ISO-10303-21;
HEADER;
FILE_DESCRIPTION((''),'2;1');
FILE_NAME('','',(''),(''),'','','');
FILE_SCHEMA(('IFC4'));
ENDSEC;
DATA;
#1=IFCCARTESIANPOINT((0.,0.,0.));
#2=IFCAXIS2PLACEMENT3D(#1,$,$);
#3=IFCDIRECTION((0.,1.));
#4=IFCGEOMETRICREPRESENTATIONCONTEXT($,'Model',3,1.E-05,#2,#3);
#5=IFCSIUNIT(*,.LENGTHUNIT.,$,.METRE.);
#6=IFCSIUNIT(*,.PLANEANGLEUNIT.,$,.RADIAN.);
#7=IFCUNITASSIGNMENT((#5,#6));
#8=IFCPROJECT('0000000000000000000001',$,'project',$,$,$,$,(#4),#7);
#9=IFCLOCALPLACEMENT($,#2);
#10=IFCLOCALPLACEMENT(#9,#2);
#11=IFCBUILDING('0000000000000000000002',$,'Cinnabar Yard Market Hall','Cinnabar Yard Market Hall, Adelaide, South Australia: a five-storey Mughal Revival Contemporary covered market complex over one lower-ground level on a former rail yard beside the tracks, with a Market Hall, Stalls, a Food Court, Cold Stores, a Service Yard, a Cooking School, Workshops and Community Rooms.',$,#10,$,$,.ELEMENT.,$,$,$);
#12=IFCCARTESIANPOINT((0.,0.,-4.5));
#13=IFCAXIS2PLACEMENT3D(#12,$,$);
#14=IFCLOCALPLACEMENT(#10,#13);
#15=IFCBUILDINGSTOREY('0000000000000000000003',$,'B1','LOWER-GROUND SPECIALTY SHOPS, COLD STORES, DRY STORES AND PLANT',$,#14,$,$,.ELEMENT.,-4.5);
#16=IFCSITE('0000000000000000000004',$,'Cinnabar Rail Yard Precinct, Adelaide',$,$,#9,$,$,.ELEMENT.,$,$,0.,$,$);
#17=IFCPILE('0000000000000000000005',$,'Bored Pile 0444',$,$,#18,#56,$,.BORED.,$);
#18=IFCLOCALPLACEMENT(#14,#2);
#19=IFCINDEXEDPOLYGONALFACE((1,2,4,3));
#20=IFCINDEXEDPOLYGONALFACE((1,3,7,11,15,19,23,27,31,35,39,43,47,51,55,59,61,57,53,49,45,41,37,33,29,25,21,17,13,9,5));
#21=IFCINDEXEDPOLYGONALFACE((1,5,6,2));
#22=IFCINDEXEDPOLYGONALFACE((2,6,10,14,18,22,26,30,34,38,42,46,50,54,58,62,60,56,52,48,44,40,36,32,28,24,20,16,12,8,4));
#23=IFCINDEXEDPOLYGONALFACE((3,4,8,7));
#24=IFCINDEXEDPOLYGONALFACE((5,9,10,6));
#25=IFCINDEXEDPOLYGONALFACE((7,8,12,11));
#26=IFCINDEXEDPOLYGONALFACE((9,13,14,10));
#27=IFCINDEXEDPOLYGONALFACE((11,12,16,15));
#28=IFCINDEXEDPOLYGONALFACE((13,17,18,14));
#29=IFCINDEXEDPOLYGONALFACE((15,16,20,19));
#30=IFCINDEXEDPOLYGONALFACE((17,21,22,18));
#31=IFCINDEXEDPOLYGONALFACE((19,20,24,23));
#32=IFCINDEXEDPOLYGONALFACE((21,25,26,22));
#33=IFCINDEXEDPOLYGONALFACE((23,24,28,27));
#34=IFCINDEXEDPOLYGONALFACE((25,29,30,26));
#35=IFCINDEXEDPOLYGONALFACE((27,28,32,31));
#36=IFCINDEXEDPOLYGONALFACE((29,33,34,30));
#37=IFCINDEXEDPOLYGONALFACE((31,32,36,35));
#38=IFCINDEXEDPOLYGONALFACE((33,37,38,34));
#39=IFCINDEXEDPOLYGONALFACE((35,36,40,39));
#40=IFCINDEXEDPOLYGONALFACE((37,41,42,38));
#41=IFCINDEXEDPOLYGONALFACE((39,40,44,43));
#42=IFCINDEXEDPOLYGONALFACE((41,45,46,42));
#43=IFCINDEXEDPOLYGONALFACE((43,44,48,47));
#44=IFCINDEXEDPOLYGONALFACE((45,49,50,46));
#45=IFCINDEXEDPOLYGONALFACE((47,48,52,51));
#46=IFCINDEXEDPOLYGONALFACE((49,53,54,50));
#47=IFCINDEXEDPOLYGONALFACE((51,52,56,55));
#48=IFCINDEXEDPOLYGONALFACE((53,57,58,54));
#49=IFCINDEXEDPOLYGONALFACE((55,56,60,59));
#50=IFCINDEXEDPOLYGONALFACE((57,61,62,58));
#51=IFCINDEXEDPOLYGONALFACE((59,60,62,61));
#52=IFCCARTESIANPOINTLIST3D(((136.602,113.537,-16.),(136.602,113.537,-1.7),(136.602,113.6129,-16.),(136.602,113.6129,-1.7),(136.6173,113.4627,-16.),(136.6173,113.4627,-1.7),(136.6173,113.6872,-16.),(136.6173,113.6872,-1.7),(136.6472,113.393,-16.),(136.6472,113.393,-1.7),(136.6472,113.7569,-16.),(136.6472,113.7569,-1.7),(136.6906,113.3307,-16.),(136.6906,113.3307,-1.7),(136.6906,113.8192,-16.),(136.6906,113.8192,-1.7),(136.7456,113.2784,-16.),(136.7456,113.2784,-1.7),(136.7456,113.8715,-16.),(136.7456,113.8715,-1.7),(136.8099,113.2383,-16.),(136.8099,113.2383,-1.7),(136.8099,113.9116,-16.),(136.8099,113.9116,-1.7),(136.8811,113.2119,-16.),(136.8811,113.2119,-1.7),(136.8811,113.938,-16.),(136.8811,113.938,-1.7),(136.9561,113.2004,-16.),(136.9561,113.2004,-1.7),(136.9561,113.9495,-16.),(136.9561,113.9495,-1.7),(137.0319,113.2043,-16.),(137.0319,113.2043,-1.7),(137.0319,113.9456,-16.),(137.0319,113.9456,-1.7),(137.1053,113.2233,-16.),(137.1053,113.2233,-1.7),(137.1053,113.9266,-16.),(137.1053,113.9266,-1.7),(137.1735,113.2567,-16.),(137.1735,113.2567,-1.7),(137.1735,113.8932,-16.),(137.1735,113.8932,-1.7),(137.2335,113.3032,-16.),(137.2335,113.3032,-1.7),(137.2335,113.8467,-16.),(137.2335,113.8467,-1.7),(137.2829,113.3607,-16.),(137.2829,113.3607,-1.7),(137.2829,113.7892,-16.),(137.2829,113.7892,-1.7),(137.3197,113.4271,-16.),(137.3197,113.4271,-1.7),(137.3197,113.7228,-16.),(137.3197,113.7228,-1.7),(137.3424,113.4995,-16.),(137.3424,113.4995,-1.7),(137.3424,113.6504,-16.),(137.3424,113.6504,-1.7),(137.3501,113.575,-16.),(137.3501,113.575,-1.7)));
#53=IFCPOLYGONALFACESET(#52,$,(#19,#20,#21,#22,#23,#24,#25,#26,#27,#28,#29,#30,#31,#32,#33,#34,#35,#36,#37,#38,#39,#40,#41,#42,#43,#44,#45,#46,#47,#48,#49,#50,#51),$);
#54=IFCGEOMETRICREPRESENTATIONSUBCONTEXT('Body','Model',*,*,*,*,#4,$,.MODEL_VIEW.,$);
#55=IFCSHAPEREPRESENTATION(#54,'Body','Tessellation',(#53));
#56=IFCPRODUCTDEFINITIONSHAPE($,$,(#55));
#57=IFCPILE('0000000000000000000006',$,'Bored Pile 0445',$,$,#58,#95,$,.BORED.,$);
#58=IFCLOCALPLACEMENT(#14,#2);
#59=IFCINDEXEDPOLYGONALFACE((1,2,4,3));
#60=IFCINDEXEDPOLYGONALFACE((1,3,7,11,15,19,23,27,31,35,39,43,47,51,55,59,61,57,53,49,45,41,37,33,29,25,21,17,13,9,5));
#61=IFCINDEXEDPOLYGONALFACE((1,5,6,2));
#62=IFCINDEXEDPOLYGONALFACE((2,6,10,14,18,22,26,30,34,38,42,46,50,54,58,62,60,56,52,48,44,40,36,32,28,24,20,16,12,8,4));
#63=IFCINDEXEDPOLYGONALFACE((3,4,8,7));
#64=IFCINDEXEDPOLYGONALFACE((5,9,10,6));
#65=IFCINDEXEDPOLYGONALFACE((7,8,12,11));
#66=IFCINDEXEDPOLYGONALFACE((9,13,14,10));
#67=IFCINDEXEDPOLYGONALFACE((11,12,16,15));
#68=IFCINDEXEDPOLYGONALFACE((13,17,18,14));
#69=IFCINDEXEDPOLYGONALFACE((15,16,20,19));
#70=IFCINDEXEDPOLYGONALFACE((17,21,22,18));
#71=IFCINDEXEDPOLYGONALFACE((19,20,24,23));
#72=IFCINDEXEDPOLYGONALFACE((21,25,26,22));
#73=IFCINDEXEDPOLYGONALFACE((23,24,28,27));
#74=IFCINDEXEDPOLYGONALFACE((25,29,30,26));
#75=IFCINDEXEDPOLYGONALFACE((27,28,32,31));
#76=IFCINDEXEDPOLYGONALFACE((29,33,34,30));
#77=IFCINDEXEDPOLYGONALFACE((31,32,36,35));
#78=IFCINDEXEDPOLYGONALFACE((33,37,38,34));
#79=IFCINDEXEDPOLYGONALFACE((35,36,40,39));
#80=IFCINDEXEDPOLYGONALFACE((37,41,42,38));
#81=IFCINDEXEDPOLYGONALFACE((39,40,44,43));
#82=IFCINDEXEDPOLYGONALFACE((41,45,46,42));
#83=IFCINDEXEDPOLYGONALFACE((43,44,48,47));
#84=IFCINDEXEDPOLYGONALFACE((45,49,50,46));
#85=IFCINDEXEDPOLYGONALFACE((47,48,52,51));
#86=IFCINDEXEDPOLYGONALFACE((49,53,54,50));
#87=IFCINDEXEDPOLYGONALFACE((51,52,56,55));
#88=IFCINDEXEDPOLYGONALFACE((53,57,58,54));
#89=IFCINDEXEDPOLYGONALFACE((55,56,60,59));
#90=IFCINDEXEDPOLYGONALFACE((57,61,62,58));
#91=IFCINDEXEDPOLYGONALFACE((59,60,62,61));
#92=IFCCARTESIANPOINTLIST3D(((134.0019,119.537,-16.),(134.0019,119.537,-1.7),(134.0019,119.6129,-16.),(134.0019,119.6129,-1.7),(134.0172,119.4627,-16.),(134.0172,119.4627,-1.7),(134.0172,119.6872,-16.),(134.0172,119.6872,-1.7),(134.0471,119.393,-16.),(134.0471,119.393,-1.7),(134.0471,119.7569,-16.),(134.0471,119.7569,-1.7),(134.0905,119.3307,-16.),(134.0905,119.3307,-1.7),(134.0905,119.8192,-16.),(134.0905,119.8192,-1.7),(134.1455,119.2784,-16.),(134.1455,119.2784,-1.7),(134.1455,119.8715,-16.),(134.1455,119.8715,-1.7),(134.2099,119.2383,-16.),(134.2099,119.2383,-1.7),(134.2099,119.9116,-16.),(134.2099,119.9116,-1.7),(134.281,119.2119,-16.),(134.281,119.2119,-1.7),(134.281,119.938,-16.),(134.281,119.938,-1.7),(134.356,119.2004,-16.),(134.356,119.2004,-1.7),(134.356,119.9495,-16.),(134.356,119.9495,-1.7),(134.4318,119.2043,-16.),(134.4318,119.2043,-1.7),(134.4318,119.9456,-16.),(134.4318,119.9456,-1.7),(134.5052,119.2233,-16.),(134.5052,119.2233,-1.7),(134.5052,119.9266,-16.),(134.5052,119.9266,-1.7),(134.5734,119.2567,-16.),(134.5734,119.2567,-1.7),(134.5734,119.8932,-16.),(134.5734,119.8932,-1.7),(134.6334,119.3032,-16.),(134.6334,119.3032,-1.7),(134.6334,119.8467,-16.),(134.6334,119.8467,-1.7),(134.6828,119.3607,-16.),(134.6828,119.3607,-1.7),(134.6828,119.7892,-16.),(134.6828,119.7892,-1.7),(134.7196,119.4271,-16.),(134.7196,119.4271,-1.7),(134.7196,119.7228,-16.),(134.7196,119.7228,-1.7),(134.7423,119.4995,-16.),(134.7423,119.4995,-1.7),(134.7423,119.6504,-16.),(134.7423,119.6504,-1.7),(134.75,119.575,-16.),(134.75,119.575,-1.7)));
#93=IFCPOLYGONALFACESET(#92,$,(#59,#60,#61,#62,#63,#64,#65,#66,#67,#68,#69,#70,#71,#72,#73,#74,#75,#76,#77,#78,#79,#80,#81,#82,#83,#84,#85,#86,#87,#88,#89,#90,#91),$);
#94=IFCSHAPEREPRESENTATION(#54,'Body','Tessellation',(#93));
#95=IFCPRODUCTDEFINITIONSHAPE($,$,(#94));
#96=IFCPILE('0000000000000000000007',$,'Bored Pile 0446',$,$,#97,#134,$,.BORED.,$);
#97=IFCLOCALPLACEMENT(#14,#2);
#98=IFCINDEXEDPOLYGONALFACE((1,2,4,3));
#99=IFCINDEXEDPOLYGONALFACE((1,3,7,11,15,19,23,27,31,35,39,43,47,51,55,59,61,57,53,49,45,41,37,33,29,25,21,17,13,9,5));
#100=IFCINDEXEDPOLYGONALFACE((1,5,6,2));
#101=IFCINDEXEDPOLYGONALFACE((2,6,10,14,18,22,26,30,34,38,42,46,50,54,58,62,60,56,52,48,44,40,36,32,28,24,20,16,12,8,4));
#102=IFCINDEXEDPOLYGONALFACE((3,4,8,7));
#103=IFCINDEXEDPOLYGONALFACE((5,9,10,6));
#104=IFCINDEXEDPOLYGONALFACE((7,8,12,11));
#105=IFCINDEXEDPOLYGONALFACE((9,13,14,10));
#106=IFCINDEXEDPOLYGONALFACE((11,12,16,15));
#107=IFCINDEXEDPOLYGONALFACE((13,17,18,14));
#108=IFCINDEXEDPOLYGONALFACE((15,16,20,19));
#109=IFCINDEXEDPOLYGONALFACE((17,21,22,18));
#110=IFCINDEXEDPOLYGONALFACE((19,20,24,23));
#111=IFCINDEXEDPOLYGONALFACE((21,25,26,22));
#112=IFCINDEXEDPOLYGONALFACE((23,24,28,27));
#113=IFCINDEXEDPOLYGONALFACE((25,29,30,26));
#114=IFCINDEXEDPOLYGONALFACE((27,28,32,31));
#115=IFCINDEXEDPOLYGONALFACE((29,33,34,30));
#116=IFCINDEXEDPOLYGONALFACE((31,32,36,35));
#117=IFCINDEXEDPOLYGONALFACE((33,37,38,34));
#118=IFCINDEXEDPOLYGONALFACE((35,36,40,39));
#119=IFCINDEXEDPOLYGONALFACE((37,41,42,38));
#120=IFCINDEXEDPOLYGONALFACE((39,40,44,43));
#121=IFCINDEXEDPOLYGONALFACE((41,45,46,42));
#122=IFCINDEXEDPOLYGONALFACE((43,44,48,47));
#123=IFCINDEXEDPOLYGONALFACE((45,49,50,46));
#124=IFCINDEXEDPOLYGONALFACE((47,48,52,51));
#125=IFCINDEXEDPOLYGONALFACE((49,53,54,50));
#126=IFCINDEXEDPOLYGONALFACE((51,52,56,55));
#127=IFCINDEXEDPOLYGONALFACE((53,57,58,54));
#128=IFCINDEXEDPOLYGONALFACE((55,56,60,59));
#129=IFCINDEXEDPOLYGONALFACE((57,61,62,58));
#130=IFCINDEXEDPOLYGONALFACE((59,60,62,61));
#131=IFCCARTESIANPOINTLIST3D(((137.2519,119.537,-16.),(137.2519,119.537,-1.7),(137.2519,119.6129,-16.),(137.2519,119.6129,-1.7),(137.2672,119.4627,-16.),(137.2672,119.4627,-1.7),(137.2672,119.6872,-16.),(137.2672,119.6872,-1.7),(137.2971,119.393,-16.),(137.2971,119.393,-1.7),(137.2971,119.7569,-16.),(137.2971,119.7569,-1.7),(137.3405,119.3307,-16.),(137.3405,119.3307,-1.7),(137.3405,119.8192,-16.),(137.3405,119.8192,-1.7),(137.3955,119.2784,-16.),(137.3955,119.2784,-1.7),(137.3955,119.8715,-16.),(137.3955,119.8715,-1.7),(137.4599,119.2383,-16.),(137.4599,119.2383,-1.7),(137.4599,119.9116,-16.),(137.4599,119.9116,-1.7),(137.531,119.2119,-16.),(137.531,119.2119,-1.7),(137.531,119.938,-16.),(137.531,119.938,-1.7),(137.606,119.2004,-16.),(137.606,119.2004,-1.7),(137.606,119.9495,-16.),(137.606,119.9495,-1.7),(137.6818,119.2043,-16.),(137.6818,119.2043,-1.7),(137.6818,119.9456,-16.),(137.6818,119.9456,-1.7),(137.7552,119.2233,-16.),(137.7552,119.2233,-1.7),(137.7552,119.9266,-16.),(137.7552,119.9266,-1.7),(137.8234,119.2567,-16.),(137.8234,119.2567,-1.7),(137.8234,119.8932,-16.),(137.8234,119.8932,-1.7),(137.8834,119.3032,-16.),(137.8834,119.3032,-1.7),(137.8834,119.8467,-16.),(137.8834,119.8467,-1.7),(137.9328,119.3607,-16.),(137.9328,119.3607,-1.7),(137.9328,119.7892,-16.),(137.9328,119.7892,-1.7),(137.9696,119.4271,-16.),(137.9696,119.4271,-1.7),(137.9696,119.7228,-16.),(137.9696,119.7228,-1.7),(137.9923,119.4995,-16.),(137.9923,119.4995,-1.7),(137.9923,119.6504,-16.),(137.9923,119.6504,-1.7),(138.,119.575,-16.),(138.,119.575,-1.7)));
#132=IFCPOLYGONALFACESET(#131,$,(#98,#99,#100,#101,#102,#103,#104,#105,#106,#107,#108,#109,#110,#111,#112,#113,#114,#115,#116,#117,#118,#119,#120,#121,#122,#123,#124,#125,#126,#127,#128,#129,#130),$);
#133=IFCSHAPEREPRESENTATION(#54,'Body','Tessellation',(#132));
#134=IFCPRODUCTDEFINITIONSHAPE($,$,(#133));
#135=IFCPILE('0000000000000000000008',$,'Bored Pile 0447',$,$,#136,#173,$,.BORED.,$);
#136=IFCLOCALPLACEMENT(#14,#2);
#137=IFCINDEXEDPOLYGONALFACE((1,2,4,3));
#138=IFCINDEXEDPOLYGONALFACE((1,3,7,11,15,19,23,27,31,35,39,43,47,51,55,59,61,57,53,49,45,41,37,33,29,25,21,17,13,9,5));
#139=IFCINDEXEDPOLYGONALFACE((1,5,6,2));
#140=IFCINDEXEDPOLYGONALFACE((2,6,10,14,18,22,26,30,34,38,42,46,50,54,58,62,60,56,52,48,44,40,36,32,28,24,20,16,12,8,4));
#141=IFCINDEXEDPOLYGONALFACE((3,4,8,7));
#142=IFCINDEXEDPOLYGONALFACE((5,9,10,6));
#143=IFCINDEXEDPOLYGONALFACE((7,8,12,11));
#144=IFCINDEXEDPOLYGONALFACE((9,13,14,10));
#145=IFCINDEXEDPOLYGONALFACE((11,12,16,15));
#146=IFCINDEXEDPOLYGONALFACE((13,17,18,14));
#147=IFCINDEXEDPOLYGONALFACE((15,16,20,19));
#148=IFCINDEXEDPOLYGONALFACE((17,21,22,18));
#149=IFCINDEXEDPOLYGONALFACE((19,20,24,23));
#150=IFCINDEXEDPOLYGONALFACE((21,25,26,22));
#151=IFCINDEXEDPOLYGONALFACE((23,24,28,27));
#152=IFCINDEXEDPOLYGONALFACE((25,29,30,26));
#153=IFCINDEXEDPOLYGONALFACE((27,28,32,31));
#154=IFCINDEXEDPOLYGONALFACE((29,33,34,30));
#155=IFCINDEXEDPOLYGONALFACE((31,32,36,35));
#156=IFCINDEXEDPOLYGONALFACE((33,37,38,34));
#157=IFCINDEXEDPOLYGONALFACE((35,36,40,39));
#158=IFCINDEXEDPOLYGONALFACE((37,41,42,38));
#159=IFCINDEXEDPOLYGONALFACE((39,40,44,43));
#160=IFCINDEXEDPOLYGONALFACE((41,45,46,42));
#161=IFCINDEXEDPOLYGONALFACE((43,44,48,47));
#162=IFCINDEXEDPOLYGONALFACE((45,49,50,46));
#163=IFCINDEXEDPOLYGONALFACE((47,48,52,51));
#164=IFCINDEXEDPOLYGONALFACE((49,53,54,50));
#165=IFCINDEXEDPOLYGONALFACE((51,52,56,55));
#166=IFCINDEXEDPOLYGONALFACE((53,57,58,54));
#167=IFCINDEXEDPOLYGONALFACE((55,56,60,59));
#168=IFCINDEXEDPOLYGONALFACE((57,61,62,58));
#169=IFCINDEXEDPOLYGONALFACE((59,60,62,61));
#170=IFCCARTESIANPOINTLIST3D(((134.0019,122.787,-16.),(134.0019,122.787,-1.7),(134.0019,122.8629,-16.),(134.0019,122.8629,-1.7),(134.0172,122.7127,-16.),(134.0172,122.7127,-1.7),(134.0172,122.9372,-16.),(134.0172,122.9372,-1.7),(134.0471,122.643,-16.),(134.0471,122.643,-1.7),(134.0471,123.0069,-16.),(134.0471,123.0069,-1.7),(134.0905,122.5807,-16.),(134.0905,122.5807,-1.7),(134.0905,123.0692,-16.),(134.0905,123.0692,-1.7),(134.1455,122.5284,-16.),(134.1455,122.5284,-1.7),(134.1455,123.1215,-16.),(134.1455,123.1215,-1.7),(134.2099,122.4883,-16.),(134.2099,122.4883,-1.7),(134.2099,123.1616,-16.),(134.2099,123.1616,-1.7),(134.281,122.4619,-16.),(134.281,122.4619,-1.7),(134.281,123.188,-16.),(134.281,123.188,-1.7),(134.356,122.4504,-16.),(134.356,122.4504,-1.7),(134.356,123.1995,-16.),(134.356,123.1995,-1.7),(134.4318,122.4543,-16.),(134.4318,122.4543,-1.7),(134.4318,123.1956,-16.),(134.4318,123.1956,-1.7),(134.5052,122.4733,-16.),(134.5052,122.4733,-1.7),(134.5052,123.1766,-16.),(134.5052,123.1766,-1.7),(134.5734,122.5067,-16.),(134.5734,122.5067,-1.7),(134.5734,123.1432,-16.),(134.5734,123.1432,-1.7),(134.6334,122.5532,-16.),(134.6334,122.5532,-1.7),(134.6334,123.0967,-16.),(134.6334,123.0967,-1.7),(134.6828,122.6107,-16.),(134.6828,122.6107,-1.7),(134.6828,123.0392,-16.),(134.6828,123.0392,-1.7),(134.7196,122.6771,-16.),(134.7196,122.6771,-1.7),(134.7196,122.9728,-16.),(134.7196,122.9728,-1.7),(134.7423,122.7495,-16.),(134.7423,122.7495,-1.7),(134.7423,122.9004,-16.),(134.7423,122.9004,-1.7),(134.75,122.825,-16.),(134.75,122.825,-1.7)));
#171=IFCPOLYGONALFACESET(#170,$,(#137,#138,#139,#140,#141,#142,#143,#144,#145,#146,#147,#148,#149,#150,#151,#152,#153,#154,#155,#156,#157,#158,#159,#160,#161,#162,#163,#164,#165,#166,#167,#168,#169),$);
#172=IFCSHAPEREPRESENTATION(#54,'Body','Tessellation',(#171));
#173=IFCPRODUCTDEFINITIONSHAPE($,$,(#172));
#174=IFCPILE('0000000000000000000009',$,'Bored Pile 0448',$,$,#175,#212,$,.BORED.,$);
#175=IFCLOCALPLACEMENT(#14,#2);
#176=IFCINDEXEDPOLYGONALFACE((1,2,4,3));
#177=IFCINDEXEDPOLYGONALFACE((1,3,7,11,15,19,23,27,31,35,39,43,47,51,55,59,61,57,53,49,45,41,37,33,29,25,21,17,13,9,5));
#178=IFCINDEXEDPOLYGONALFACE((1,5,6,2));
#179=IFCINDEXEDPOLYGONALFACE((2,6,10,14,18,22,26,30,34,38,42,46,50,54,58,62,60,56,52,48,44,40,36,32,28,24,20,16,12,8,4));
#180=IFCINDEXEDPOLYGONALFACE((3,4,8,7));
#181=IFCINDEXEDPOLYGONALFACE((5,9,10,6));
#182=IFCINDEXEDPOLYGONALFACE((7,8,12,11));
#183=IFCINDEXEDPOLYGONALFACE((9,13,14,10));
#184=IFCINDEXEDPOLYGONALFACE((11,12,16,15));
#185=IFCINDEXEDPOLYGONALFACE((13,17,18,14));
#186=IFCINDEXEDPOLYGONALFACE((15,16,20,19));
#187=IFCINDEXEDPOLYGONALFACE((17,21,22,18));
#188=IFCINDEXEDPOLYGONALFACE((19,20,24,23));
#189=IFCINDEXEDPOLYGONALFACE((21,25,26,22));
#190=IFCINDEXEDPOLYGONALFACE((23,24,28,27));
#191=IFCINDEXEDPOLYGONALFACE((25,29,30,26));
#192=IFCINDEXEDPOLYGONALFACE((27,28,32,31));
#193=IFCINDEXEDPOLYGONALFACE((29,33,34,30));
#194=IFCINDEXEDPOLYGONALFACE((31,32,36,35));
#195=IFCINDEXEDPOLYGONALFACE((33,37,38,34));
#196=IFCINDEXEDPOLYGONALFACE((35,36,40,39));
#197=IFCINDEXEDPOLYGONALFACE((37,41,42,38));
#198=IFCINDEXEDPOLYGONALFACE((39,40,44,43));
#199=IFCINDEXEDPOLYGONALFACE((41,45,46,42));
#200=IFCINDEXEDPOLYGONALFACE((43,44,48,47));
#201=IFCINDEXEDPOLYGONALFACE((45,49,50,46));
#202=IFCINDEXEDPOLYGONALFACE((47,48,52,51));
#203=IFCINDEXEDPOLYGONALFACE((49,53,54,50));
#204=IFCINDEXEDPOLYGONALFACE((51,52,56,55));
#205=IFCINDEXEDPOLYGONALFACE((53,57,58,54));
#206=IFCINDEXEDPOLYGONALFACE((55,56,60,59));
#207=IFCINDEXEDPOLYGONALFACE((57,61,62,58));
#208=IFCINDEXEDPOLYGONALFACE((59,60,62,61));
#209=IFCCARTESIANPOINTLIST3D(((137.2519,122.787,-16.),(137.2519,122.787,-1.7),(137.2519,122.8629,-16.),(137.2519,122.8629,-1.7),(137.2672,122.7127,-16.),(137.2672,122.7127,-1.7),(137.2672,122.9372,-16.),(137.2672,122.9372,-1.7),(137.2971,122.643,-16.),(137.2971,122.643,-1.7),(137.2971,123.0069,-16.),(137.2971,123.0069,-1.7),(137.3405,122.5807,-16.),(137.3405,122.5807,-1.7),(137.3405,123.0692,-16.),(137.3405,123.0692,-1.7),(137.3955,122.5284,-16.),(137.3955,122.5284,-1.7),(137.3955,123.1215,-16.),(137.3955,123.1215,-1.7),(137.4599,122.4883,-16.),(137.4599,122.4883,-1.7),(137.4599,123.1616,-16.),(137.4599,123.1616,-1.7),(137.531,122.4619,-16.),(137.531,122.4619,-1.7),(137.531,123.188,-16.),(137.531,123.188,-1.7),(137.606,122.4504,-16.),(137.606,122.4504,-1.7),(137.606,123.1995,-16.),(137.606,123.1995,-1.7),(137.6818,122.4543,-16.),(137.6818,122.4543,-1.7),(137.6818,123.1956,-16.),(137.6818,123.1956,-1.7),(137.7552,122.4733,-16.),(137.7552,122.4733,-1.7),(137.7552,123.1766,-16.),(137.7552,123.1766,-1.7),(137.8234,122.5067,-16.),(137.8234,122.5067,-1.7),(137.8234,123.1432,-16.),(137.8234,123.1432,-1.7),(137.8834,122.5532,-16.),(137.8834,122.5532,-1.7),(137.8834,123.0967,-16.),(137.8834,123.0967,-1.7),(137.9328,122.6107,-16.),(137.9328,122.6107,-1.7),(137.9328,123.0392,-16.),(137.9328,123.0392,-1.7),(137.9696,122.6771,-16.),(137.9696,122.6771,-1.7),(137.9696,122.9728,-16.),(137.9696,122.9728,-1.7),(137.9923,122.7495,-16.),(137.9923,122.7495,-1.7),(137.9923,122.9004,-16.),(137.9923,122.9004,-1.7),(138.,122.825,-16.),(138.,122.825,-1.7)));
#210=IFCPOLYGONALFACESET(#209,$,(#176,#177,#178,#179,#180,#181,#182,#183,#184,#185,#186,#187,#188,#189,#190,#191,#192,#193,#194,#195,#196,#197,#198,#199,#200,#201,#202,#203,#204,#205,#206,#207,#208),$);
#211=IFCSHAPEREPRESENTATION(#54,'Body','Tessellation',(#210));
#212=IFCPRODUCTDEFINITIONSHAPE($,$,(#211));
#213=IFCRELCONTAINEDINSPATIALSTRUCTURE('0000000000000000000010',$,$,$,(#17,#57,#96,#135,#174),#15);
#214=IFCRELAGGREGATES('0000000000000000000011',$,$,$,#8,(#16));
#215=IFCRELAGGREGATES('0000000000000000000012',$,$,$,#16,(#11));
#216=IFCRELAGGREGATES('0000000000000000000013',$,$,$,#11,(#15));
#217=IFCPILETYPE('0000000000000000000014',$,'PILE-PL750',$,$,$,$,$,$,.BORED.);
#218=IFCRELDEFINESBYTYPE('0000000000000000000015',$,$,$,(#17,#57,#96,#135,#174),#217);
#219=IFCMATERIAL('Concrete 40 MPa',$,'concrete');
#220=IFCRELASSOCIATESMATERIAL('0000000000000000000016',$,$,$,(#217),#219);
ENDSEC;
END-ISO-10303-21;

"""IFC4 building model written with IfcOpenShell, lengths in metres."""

from ifc_helpers import new_model, si_unit, direction, frame, origin, origin_2d_with_axis, place, context, subcontext, project, spatial, circle, extrude, material, material_profile, profile_set, type_object, element, save


model = new_model("IFC4")

# Units and contexts
model_context = context("Model", 3, precision=1e-05, world=origin(), true_north=direction((0.0, 1.0)))
body_context = subcontext(model_context, "Body", "Model", "MODEL_VIEW")
ifc_project = project(units=[si_unit("LENGTHUNIT", "METRE"), si_unit("PLANEANGLEUNIT", "RADIAN")], contexts=[model_context])

# Site, building, storey
site_placement = place(None, origin())
site = spatial("IfcSite", under=ifc_project, at=site_placement, Name="Cinnabar Rail Yard Precinct, Adelaide", CompositionType="ELEMENT", RefElevation=0.0)
building_placement = place(site_placement, origin())
building = spatial("IfcBuilding", under=site, at=building_placement, Name="Cinnabar Yard Market Hall", Description="Cinnabar Yard Market Hall, Adelaide, South Australia: a five-storey Mughal Revival Contemporary covered market complex over one lower-ground level on a former rail yard beside the tracks, with a Market Hall, Stalls, a Food Court, Cold Stores, a Service Yard, a Cooking School, Workshops and Community Rooms.", CompositionType="ELEMENT")
storey_placement = place(building_placement, frame((0.0, 0.0, -4.5)))
storey = spatial("IfcBuildingStorey", under=building, at=storey_placement, Name="B1", Description="LOWER-GROUND SPECIALTY SHOPS, COLD STORES, DRY STORES AND PLANT", CompositionType="ELEMENT", Elevation=-4.5)

# Shared definitions
ifc_material_1 = material(Name="Concrete 40 MPa", Category="concrete")

# Piles
ifc_material_profile_1 = material_profile(ifc_material_1, circle(Radius=0.375, at=origin_2d_with_axis()), Name="PILE-D750")
ifc_profile_set_1 = profile_set([ifc_material_profile_1], Name="Concrete 40 MPa")
pile_type_1 = type_object("IfcPileType", Name="PILE-PL750", PredefinedType="BORED", material=ifc_profile_set_1)
for number, where, z_axis, x_axis, name in (
    (1, (136.9751, 113.575, -1.7), (0.0, 0.0, -1.0), (1.0, 0.0, 0.0), "Bored Pile 0444"),
    (2, (134.375, 119.575, -1.7), (0.0, 0.0, -1.0), (1.0, 0.0, 0.0), "Bored Pile 0445"),
    (3, (137.625, 119.575, -1.7), (0.0, 0.0, -1.0), (1.0, 0.0, 0.0), "Bored Pile 0446"),
    (4, (134.375, 122.825, -1.7), (0.0, 0.0, -1.0), (1.0, 0.0, 0.0), "Bored Pile 0447"),
    (5, (137.625, 122.825, -1.7), (0.0, 0.0, -1.0), (1.0, 0.0, 0.0), "Bored Pile 0448"),
):
    element("IfcPile", number, at=place(storey_placement, frame(where, z_axis=z_axis, x_axis=x_axis)), inside=storey, type_object=pile_type_1, Name=name, PredefinedType="BORED", context=body_context, shape_type="SweptSolid", body=[
        extrude(circle(Radius=0.375, at=origin_2d_with_axis()), origin(), (0.0, 0.0, 1.0), 14.3),
    ])

save(model, "model.ifc")
